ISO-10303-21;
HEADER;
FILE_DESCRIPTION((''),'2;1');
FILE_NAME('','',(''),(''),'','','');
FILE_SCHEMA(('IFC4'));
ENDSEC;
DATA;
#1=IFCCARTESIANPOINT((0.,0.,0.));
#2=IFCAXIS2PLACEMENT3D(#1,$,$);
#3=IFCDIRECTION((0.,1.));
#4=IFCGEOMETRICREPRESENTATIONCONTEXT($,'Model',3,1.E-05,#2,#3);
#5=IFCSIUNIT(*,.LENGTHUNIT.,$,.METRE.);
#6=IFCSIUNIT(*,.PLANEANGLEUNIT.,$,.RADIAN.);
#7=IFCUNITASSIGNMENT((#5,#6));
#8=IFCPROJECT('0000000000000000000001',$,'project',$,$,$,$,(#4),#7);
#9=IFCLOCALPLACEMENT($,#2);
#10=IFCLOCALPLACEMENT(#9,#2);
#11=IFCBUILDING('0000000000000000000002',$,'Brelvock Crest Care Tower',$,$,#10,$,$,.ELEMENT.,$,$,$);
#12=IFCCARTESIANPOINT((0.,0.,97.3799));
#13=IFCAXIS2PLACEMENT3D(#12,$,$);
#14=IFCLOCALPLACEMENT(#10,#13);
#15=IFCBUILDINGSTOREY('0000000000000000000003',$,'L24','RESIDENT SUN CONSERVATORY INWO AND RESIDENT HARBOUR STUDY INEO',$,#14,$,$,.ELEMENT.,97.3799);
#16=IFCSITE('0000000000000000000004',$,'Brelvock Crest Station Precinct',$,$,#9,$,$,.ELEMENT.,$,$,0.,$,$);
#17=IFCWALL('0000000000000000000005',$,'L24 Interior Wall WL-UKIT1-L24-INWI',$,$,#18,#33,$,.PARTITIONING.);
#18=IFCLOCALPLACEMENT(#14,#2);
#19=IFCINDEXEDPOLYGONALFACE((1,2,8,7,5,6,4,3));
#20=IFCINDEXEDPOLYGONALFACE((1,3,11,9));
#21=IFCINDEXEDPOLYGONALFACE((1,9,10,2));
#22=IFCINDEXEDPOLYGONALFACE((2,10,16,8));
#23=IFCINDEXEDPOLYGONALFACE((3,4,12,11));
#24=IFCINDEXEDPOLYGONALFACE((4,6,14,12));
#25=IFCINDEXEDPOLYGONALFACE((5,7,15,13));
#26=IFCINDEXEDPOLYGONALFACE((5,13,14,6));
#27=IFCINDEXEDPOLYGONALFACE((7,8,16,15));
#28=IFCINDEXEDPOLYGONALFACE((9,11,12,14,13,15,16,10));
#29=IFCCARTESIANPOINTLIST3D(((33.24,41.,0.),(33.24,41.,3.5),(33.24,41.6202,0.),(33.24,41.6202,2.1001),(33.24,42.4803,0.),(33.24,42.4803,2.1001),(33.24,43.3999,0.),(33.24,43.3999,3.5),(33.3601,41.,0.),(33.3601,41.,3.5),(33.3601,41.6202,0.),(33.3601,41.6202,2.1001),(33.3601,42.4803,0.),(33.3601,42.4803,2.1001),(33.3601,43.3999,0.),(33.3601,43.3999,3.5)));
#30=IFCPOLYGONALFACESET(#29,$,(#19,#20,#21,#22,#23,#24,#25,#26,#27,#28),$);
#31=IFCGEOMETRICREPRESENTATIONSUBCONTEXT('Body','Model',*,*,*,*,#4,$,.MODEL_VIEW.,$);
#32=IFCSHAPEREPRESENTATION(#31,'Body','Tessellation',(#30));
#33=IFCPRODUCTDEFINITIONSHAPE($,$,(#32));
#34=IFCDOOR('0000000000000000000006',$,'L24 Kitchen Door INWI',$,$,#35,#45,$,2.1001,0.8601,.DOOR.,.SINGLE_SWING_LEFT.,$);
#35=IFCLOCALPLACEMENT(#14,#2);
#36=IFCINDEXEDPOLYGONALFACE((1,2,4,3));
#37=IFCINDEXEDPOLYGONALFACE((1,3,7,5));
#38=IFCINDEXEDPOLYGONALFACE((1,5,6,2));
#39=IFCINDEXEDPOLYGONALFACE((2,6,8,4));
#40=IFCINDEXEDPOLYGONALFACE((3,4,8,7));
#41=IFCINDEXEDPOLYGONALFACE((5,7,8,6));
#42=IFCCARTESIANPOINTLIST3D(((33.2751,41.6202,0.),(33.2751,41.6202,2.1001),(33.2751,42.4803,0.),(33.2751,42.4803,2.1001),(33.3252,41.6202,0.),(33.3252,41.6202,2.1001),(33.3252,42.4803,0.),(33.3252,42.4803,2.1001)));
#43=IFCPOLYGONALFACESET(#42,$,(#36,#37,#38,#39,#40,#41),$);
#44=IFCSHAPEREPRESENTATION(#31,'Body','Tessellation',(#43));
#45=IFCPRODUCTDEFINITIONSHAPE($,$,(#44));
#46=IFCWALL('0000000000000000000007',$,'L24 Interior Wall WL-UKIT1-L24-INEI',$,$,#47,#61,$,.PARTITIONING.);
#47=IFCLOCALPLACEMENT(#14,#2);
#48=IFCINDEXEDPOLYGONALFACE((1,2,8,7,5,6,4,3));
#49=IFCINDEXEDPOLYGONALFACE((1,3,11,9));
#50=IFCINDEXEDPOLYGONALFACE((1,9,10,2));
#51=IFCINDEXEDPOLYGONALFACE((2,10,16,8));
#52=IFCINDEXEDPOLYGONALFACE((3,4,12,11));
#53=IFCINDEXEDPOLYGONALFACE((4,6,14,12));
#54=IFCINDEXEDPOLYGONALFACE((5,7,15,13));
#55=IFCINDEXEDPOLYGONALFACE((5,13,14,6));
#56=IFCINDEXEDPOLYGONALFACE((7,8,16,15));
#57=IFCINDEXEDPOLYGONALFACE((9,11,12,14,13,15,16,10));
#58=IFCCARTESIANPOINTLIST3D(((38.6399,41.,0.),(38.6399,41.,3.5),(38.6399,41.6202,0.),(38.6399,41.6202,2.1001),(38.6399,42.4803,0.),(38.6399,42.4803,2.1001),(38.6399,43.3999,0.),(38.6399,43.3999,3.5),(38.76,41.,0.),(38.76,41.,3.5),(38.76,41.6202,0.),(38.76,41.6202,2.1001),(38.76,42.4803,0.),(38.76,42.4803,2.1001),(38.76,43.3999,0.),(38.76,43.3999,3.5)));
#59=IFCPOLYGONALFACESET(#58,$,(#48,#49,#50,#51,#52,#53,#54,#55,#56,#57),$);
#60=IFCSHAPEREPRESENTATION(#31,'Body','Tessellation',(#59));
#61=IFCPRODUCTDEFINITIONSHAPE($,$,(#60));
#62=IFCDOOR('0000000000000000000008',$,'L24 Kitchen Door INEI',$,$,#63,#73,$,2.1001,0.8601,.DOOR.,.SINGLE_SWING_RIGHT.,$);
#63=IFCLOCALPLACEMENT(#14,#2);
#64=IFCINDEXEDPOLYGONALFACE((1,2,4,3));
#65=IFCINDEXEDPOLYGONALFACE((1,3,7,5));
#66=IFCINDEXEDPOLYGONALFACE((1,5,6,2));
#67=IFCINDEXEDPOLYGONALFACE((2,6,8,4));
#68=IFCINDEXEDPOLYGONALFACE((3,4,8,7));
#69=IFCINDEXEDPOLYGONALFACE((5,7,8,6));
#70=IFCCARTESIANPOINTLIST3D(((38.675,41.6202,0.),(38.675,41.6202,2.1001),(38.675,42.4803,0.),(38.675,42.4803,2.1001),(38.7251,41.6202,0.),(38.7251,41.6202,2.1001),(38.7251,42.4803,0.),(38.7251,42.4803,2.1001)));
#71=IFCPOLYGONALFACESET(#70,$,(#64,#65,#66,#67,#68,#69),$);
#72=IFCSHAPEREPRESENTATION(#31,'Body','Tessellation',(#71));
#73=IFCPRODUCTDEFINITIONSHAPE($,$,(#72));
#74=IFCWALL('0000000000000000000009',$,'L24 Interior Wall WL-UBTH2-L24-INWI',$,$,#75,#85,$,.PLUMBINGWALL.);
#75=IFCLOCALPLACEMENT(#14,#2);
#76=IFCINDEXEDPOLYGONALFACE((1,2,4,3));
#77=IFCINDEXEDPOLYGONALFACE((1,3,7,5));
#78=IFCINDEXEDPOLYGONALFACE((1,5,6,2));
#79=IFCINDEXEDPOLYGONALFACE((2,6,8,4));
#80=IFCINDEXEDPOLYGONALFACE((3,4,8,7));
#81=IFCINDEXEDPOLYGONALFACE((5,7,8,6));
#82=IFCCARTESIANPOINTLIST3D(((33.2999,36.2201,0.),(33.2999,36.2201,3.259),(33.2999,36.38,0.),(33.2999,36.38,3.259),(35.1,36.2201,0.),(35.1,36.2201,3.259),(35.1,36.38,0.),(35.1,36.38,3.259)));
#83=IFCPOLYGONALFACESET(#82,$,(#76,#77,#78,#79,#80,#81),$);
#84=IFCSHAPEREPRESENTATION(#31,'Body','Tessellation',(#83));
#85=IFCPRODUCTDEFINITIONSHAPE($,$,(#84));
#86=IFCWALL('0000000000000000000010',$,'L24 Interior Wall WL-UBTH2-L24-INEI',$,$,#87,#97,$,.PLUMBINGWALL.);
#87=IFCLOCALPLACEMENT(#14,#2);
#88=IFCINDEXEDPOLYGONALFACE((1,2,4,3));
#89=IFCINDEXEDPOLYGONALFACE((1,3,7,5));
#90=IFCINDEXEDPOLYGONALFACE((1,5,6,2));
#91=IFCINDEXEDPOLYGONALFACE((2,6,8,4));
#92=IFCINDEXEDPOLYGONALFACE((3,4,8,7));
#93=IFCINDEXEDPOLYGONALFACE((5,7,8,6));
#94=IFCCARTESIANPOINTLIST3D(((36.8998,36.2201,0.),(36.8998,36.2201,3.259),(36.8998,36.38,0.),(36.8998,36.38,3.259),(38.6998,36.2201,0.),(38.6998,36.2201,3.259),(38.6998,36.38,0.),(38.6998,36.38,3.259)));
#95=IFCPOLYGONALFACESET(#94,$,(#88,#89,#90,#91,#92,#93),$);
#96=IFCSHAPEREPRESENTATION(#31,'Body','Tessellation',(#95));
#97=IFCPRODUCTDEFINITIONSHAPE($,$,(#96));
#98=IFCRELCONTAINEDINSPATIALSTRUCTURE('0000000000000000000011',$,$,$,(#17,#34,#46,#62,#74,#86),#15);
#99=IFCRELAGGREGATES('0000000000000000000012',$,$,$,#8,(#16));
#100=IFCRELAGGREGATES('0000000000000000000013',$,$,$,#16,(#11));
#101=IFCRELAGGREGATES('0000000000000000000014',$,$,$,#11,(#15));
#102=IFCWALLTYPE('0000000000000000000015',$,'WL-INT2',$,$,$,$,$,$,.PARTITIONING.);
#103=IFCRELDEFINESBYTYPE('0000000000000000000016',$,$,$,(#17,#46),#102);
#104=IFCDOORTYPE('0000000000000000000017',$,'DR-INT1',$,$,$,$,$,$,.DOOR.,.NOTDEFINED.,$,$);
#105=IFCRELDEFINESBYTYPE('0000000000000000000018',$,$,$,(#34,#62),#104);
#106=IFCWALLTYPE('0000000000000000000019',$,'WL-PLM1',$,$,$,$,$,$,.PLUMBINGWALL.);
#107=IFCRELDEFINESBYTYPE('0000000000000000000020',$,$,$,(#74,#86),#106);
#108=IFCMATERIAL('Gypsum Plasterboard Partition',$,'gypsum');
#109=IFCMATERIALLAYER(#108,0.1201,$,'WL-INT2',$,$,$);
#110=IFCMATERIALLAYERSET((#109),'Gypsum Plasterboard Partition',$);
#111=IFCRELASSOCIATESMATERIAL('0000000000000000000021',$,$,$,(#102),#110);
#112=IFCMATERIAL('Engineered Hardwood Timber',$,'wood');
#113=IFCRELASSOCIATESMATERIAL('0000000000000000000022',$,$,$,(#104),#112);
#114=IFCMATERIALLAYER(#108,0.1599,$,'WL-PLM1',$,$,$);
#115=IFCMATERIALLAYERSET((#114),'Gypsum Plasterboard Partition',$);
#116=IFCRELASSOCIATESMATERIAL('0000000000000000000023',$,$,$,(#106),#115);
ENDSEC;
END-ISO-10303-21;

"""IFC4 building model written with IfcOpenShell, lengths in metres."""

from ifc_helpers import new_model, si_unit, direction, frame, frame_2d, origin, origin_2d, place, context, subcontext, project, spatial, rectangle, extrude, source, transform, mapped, material, layer, layer_set, type_object, element, fill, save


model = new_model("IFC4")

# Units and contexts
model_context = context("Model", 3, precision=1e-05, world=origin(), true_north=direction((0.0, 1.0)))
body_context = subcontext(model_context, "Body", "Model", "MODEL_VIEW")
ifc_project = project(units=[si_unit("LENGTHUNIT", "METRE"), si_unit("PLANEANGLEUNIT", "RADIAN")], contexts=[model_context])

# Site, building, storey
site_placement = place(None, origin())
site = spatial("IfcSite", under=ifc_project, at=site_placement, Name="Brelvock Crest Station Precinct", CompositionType="ELEMENT", RefElevation=0.0)
building_placement = place(site_placement, origin())
building = spatial("IfcBuilding", under=site, at=building_placement, Name="Brelvock Crest Care Tower", CompositionType="ELEMENT")
storey_placement = place(building_placement, frame((0.0, 0.0, 97.3799)))
storey = spatial("IfcBuildingStorey", under=building, at=storey_placement, Name="L24", Description="RESIDENT SUN CONSERVATORY INWO AND RESIDENT HARBOUR STUDY INEO", CompositionType="ELEMENT", Elevation=97.3799)

# Shared definitions
ifc_material_1 = material(Name="Engineered Hardwood Timber", Category="wood")

# Shared definitions
ifc_material_2 = material(Name="Gypsum Plasterboard Partition", Category="gypsum")
ifc_layer_1 = layer(ifc_material_2, 0.1201, Name="WL-INT2")
ifc_layer_set_1 = layer_set([ifc_layer_1], Name="Gypsum Plasterboard Partition")
wall_type_1 = type_object("IfcWallType", Name="WL-INT2", PredefinedType="PARTITIONING", material=ifc_layer_set_1)

# Walls, openings, doors
wall_1_placement = place(storey_placement, frame((33.3, 41.0, 0.0), z_axis=(0.0, 0.0, 1.0), x_axis=(0.0, 1.0, 0.0)))
wall_1 = element("IfcWall", 1, at=wall_1_placement, inside=storey, type_object=wall_type_1, Name="L24 Interior Wall WL-UKIT1-L24-INWI", PredefinedType="PARTITIONING", context=body_context, shape_type="SweptSolid", body=[
    extrude(rectangle(XDim=2.3999, YDim=0.1201, at=frame_2d((1.2, 0.0))), origin(), (0.0, 0.0, 1.0), 3.5),
])
opening_1_placement = place(wall_1_placement, frame((0.6201, 0.0, 0.0)))
opening_1 = element("IfcOpeningElement", 2, at=opening_1_placement, cuts=wall_1, PredefinedType="OPENING", context=body_context, shape_type="SweptSolid", body=[
    extrude(rectangle(XDim=0.8601, YDim=2.1001, at=origin_2d()), frame((0.4302, 0.0701, 1.05), z_axis=(0.0, -1.0, 0.0), x_axis=(1.0, 0.0, 0.0)), (0.0, 0.0, 1.0), 0.1401),
])
door_type_1 = type_object("IfcDoorType", Name="DR-INT1", OperationType="NOTDEFINED", PredefinedType="DOOR", material=ifc_material_1)
shared_shape_1 = source(origin(), body_context, "Body", "SweptSolid", [
    extrude(rectangle(XDim=0.8601, YDim=2.1001, at=origin_2d()), frame((0.4302, 0.0249, 1.05), z_axis=(0.0, -1.0, 0.0), x_axis=(1.0, 0.0, 0.0)), (0.0, 0.0, 1.0), 0.05),
])
door_1_placement = place(opening_1_placement, origin())
door_1 = element("IfcDoor", 3, at=door_1_placement, inside=storey, type_object=door_type_1, Name="L24 Kitchen Door INWI", OperationType="SINGLE_SWING_LEFT", OverallHeight=2.1001, OverallWidth=0.8601, PredefinedType="DOOR", context=body_context, shape_type="MappedRepresentation", body=[
    mapped(shared_shape_1, transform((0.0, 0.0, 0.0), x_axis=(1.0, 0.0, 0.0), y_axis=(0.0, 1.0, 0.0), z_axis=(0.0, 0.0, 1.0), scale=1.0)),
])
fill(opening_1, door_1)
wall_2_placement = place(storey_placement, frame((38.7, 41.0, 0.0), z_axis=(0.0, 0.0, 1.0), x_axis=(0.0, 1.0, 0.0)))
wall_2 = element("IfcWall", 4, at=wall_2_placement, inside=storey, type_object=wall_type_1, Name="L24 Interior Wall WL-UKIT1-L24-INEI", PredefinedType="PARTITIONING", context=body_context, shape_type="SweptSolid", body=[
    extrude(rectangle(XDim=2.3999, YDim=0.1201, at=frame_2d((1.2, 0.0))), origin(), (0.0, 0.0, 1.0), 3.5),
])
opening_2_placement = place(wall_2_placement, frame((0.6201, 0.0, 0.0)))
opening_2 = element("IfcOpeningElement", 5, at=opening_2_placement, cuts=wall_2, PredefinedType="OPENING", context=body_context, shape_type="SweptSolid", body=[
    extrude(rectangle(XDim=0.8601, YDim=2.1001, at=origin_2d()), frame((0.4302, 0.0701, 1.05), z_axis=(0.0, -1.0, 0.0), x_axis=(1.0, 0.0, 0.0)), (0.0, 0.0, 1.0), 0.1401),
])
door_2_placement = place(opening_2_placement, origin())
door_2 = element("IfcDoor", 6, at=door_2_placement, inside=storey, type_object=door_type_1, Name="L24 Kitchen Door INEI", OperationType="SINGLE_SWING_RIGHT", OverallHeight=2.1001, OverallWidth=0.8601, PredefinedType="DOOR", context=body_context, shape_type="MappedRepresentation", body=[
    mapped(shared_shape_1, transform((0.0, 0.0, 0.0), x_axis=(1.0, 0.0, 0.0), y_axis=(0.0, 1.0, 0.0), z_axis=(0.0, 0.0, 1.0), scale=1.0)),
])
fill(opening_2, door_2)

# Walls
ifc_layer_2 = layer(ifc_material_2, 0.1599, Name="WL-PLM1")
ifc_layer_set_2 = layer_set([ifc_layer_2], Name="Gypsum Plasterboard Partition")
wall_type_2 = type_object("IfcWallType", Name="WL-PLM1", PredefinedType="PLUMBINGWALL", material=ifc_layer_set_2)
for number, where, z_axis, x_axis, name in (
    (7, (33.3, 36.3, 0.0), (0.0, 0.0, 1.0), (1.0, 0.0, 0.0), "L24 Interior Wall WL-UBTH2-L24-INWI"),
    (8, (36.8999, 36.3, 0.0), (0.0, 0.0, 1.0), (1.0, 0.0, 0.0), "L24 Interior Wall WL-UBTH2-L24-INEI"),
):
    element("IfcWall", number, at=place(storey_placement, frame(where, z_axis=z_axis, x_axis=x_axis)), inside=storey, type_object=wall_type_2, Name=name, PredefinedType="PLUMBINGWALL", context=body_context, shape_type="SweptSolid", body=[
        extrude(rectangle(XDim=1.8, YDim=0.1599, at=frame_2d((0.8999, 0.0))), origin(), (0.0, 0.0, 1.0), 3.259),
    ])

save(model, "model.ifc")
